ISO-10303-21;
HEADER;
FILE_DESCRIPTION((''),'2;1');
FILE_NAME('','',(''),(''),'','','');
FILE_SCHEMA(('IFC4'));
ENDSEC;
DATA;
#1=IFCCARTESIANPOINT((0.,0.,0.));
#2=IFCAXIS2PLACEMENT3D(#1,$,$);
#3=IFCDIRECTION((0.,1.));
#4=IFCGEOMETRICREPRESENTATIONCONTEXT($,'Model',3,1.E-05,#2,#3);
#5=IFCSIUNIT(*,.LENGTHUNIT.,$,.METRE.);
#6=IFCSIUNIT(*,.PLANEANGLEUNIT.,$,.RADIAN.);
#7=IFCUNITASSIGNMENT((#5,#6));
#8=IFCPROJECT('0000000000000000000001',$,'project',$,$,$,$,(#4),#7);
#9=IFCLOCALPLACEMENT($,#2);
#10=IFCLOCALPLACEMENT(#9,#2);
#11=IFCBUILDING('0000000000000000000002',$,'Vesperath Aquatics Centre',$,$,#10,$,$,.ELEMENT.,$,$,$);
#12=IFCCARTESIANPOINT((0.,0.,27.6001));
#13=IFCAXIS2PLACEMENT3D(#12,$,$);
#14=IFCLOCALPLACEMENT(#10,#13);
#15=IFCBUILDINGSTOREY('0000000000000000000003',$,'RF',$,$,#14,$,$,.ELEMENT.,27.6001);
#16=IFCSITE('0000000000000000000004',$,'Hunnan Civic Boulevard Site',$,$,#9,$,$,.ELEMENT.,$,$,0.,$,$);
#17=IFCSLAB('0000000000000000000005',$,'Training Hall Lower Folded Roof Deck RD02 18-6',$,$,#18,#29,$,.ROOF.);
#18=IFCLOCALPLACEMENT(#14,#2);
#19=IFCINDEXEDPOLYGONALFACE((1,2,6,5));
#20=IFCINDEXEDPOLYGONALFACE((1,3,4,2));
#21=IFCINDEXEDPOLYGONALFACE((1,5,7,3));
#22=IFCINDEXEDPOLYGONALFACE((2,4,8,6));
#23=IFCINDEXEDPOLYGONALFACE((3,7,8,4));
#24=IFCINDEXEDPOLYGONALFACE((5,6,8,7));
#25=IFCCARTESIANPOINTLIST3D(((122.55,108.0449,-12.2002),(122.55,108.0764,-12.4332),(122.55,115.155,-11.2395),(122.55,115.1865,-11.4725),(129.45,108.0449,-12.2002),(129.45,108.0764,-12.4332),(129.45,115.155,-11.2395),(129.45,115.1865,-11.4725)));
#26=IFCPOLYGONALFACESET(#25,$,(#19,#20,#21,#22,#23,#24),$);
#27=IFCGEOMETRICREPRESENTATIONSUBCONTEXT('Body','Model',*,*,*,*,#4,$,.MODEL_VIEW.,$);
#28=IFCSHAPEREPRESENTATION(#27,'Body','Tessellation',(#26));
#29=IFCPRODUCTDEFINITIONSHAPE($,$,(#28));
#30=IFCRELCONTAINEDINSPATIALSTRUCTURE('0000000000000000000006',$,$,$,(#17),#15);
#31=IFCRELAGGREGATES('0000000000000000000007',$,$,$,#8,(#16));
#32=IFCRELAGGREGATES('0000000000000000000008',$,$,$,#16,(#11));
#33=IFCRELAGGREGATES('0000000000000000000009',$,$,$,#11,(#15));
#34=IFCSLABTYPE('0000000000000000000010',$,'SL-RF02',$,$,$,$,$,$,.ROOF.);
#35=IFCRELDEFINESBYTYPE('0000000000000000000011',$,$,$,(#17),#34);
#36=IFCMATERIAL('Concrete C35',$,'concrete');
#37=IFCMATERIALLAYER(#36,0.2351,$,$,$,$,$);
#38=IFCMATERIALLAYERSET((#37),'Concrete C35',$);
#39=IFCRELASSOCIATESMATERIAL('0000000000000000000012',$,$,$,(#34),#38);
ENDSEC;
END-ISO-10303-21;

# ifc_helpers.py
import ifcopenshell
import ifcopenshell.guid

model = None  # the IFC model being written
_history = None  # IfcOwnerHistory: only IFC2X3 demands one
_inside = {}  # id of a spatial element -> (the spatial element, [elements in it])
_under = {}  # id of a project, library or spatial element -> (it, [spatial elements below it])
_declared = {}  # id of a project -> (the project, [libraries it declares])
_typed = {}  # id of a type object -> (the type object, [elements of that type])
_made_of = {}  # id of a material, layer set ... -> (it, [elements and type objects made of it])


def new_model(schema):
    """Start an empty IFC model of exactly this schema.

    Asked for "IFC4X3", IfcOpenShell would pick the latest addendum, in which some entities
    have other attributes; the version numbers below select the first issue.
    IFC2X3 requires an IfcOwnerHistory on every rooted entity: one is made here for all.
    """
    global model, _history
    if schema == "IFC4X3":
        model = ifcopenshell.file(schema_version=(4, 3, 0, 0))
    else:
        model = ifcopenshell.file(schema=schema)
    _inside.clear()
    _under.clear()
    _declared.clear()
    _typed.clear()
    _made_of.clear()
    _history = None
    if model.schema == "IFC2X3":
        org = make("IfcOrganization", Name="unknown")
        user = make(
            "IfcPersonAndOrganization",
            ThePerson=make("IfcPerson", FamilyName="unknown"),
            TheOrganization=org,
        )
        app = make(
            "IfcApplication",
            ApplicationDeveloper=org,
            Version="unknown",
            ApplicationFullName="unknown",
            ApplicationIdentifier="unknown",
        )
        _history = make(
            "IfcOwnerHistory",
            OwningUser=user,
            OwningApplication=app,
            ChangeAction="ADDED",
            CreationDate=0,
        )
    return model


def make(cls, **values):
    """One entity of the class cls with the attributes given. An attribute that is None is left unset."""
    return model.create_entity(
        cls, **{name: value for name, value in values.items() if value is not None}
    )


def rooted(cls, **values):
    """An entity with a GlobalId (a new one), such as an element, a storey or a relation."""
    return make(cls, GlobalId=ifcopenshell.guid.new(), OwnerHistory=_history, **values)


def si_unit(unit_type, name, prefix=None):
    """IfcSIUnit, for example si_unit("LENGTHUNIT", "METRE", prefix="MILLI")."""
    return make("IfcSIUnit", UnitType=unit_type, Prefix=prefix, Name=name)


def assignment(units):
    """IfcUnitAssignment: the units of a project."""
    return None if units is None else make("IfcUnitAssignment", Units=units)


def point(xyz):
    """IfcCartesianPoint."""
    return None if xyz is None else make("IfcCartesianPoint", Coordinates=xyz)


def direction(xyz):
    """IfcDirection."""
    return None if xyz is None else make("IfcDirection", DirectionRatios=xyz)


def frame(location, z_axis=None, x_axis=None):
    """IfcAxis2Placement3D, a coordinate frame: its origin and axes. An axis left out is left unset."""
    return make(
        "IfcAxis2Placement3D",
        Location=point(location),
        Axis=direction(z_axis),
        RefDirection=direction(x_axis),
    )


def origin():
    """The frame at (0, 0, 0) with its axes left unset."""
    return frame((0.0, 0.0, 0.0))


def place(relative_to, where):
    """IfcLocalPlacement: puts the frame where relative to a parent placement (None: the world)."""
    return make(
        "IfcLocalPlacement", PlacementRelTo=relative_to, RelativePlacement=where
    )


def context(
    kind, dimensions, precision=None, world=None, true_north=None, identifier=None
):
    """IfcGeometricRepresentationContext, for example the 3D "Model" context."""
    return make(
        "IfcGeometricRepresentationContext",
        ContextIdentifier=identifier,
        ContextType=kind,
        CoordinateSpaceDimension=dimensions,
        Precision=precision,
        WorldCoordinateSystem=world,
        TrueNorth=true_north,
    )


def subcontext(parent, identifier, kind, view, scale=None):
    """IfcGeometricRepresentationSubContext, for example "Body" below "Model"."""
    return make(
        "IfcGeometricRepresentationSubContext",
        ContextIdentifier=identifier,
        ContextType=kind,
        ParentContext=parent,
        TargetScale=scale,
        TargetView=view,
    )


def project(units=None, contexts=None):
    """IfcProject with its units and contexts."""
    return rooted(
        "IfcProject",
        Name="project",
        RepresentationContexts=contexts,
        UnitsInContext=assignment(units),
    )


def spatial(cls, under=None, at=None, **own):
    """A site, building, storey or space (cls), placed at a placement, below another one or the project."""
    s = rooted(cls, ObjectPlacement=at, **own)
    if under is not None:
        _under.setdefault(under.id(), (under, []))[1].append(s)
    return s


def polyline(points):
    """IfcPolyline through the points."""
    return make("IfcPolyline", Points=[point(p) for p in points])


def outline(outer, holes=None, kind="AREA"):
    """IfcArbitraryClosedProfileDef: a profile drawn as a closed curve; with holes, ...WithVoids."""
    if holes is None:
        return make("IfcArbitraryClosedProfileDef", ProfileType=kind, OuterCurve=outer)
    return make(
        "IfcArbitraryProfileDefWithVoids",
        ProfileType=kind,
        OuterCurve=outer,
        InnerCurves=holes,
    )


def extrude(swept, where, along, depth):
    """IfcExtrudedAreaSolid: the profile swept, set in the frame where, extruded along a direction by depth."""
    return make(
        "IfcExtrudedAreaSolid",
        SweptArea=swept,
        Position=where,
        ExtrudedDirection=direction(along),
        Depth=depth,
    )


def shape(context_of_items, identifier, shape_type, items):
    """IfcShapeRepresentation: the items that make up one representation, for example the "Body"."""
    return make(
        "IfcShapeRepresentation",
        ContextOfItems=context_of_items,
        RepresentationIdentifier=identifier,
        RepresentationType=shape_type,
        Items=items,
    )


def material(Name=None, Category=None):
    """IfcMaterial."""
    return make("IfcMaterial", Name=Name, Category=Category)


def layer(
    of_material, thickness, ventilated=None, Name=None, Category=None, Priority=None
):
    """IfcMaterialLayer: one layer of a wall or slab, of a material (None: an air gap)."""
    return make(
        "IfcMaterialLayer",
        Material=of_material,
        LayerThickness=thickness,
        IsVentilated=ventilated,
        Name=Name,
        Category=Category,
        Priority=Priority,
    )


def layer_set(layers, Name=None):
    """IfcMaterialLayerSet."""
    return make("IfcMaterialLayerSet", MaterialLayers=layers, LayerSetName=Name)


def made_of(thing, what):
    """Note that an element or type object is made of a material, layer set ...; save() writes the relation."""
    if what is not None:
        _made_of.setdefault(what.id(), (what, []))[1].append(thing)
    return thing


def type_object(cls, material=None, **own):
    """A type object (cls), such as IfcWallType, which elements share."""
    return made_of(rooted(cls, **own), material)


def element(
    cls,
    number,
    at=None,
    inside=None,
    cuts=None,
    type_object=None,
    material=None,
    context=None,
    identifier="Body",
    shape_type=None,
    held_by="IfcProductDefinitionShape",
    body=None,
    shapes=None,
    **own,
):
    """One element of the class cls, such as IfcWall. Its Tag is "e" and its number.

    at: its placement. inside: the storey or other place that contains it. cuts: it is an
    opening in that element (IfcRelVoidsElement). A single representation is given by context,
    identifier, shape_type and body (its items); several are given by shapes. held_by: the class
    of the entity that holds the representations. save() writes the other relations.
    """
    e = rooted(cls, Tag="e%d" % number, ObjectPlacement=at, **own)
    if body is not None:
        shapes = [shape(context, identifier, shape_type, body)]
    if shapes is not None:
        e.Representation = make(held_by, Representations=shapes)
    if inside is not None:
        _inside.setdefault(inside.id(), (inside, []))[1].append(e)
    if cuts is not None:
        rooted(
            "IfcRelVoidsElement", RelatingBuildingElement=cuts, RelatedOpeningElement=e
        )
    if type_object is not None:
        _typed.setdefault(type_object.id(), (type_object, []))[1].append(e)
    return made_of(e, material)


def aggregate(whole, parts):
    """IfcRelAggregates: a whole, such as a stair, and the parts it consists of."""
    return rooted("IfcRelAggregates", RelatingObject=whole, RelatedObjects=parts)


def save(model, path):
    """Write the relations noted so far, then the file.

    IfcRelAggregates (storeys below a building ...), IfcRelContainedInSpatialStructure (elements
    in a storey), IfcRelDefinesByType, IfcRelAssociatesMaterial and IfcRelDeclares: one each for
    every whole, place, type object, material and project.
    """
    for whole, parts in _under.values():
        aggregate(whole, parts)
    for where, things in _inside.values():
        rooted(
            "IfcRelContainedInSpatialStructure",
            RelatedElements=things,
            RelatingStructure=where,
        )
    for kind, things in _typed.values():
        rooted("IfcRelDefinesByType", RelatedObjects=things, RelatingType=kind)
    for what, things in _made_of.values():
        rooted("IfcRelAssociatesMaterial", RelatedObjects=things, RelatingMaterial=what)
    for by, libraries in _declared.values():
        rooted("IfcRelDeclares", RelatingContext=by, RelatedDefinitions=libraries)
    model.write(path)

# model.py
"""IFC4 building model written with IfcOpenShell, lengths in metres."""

from ifc_helpers import new_model, si_unit, direction, frame, origin, place, context, subcontext, project, spatial, polyline, outline, extrude, material, layer, layer_set, type_object, element, save


model = new_model("IFC4")

# Units and contexts
model_context = context("Model", 3, precision=1e-05, world=origin(), true_north=direction((0.0, 1.0)))
body_context = subcontext(model_context, "Body", "Model", "MODEL_VIEW")
ifc_project = project(units=[si_unit("LENGTHUNIT", "METRE"), si_unit("PLANEANGLEUNIT", "RADIAN")], contexts=[model_context])

# Site, building, storey
site_placement = place(None, origin())
site = spatial("IfcSite", under=ifc_project, at=site_placement, Name="Hunnan Civic Boulevard Site", CompositionType="ELEMENT", RefElevation=0.0)
building_placement = place(site_placement, origin())
building = spatial("IfcBuilding", under=site, at=building_placement, Name="Vesperath Aquatics Centre", CompositionType="ELEMENT")
storey_placement = place(building_placement, frame((0.0, 0.0, 27.6001)))
storey = spatial("IfcBuildingStorey", under=building, at=storey_placement, Name="RF", CompositionType="ELEMENT", Elevation=27.6001)

# Slab
ifc_material_1 = material(Name="Concrete C35", Category="concrete")
ifc_layer_1 = layer(ifc_material_1, 0.2351)
ifc_layer_set_1 = layer_set([ifc_layer_1], Name="Concrete C35")
slab_type = type_object("IfcSlabType", Name="SL-RF02", PredefinedType="ROOF", material=ifc_layer_set_1)
for number, where, z_axis, x_axis, name in (
    (1, (122.55, 108.0449, -12.2002), (0.0, -0.1339, 0.990995), (1.0, 0.0, 0.0), "Training Hall Lower Folded Roof Deck RD02 18-6"),
):
    element("IfcSlab", number, at=place(storey_placement, frame(where, z_axis=z_axis, x_axis=x_axis)), inside=storey, type_object=slab_type, Name=name, PredefinedType="ROOF", context=body_context, shape_type="SweptSolid", body=[
        extrude(outline(polyline([(0.0, 0.0), (6.8999, 0.0), (6.8999, 7.1747), (0.0, 7.1747), (0.0, 0.0)])), origin(), (0.0, 0.0, -1.0), 0.2351),
    ])

save(model, "model.ifc")
